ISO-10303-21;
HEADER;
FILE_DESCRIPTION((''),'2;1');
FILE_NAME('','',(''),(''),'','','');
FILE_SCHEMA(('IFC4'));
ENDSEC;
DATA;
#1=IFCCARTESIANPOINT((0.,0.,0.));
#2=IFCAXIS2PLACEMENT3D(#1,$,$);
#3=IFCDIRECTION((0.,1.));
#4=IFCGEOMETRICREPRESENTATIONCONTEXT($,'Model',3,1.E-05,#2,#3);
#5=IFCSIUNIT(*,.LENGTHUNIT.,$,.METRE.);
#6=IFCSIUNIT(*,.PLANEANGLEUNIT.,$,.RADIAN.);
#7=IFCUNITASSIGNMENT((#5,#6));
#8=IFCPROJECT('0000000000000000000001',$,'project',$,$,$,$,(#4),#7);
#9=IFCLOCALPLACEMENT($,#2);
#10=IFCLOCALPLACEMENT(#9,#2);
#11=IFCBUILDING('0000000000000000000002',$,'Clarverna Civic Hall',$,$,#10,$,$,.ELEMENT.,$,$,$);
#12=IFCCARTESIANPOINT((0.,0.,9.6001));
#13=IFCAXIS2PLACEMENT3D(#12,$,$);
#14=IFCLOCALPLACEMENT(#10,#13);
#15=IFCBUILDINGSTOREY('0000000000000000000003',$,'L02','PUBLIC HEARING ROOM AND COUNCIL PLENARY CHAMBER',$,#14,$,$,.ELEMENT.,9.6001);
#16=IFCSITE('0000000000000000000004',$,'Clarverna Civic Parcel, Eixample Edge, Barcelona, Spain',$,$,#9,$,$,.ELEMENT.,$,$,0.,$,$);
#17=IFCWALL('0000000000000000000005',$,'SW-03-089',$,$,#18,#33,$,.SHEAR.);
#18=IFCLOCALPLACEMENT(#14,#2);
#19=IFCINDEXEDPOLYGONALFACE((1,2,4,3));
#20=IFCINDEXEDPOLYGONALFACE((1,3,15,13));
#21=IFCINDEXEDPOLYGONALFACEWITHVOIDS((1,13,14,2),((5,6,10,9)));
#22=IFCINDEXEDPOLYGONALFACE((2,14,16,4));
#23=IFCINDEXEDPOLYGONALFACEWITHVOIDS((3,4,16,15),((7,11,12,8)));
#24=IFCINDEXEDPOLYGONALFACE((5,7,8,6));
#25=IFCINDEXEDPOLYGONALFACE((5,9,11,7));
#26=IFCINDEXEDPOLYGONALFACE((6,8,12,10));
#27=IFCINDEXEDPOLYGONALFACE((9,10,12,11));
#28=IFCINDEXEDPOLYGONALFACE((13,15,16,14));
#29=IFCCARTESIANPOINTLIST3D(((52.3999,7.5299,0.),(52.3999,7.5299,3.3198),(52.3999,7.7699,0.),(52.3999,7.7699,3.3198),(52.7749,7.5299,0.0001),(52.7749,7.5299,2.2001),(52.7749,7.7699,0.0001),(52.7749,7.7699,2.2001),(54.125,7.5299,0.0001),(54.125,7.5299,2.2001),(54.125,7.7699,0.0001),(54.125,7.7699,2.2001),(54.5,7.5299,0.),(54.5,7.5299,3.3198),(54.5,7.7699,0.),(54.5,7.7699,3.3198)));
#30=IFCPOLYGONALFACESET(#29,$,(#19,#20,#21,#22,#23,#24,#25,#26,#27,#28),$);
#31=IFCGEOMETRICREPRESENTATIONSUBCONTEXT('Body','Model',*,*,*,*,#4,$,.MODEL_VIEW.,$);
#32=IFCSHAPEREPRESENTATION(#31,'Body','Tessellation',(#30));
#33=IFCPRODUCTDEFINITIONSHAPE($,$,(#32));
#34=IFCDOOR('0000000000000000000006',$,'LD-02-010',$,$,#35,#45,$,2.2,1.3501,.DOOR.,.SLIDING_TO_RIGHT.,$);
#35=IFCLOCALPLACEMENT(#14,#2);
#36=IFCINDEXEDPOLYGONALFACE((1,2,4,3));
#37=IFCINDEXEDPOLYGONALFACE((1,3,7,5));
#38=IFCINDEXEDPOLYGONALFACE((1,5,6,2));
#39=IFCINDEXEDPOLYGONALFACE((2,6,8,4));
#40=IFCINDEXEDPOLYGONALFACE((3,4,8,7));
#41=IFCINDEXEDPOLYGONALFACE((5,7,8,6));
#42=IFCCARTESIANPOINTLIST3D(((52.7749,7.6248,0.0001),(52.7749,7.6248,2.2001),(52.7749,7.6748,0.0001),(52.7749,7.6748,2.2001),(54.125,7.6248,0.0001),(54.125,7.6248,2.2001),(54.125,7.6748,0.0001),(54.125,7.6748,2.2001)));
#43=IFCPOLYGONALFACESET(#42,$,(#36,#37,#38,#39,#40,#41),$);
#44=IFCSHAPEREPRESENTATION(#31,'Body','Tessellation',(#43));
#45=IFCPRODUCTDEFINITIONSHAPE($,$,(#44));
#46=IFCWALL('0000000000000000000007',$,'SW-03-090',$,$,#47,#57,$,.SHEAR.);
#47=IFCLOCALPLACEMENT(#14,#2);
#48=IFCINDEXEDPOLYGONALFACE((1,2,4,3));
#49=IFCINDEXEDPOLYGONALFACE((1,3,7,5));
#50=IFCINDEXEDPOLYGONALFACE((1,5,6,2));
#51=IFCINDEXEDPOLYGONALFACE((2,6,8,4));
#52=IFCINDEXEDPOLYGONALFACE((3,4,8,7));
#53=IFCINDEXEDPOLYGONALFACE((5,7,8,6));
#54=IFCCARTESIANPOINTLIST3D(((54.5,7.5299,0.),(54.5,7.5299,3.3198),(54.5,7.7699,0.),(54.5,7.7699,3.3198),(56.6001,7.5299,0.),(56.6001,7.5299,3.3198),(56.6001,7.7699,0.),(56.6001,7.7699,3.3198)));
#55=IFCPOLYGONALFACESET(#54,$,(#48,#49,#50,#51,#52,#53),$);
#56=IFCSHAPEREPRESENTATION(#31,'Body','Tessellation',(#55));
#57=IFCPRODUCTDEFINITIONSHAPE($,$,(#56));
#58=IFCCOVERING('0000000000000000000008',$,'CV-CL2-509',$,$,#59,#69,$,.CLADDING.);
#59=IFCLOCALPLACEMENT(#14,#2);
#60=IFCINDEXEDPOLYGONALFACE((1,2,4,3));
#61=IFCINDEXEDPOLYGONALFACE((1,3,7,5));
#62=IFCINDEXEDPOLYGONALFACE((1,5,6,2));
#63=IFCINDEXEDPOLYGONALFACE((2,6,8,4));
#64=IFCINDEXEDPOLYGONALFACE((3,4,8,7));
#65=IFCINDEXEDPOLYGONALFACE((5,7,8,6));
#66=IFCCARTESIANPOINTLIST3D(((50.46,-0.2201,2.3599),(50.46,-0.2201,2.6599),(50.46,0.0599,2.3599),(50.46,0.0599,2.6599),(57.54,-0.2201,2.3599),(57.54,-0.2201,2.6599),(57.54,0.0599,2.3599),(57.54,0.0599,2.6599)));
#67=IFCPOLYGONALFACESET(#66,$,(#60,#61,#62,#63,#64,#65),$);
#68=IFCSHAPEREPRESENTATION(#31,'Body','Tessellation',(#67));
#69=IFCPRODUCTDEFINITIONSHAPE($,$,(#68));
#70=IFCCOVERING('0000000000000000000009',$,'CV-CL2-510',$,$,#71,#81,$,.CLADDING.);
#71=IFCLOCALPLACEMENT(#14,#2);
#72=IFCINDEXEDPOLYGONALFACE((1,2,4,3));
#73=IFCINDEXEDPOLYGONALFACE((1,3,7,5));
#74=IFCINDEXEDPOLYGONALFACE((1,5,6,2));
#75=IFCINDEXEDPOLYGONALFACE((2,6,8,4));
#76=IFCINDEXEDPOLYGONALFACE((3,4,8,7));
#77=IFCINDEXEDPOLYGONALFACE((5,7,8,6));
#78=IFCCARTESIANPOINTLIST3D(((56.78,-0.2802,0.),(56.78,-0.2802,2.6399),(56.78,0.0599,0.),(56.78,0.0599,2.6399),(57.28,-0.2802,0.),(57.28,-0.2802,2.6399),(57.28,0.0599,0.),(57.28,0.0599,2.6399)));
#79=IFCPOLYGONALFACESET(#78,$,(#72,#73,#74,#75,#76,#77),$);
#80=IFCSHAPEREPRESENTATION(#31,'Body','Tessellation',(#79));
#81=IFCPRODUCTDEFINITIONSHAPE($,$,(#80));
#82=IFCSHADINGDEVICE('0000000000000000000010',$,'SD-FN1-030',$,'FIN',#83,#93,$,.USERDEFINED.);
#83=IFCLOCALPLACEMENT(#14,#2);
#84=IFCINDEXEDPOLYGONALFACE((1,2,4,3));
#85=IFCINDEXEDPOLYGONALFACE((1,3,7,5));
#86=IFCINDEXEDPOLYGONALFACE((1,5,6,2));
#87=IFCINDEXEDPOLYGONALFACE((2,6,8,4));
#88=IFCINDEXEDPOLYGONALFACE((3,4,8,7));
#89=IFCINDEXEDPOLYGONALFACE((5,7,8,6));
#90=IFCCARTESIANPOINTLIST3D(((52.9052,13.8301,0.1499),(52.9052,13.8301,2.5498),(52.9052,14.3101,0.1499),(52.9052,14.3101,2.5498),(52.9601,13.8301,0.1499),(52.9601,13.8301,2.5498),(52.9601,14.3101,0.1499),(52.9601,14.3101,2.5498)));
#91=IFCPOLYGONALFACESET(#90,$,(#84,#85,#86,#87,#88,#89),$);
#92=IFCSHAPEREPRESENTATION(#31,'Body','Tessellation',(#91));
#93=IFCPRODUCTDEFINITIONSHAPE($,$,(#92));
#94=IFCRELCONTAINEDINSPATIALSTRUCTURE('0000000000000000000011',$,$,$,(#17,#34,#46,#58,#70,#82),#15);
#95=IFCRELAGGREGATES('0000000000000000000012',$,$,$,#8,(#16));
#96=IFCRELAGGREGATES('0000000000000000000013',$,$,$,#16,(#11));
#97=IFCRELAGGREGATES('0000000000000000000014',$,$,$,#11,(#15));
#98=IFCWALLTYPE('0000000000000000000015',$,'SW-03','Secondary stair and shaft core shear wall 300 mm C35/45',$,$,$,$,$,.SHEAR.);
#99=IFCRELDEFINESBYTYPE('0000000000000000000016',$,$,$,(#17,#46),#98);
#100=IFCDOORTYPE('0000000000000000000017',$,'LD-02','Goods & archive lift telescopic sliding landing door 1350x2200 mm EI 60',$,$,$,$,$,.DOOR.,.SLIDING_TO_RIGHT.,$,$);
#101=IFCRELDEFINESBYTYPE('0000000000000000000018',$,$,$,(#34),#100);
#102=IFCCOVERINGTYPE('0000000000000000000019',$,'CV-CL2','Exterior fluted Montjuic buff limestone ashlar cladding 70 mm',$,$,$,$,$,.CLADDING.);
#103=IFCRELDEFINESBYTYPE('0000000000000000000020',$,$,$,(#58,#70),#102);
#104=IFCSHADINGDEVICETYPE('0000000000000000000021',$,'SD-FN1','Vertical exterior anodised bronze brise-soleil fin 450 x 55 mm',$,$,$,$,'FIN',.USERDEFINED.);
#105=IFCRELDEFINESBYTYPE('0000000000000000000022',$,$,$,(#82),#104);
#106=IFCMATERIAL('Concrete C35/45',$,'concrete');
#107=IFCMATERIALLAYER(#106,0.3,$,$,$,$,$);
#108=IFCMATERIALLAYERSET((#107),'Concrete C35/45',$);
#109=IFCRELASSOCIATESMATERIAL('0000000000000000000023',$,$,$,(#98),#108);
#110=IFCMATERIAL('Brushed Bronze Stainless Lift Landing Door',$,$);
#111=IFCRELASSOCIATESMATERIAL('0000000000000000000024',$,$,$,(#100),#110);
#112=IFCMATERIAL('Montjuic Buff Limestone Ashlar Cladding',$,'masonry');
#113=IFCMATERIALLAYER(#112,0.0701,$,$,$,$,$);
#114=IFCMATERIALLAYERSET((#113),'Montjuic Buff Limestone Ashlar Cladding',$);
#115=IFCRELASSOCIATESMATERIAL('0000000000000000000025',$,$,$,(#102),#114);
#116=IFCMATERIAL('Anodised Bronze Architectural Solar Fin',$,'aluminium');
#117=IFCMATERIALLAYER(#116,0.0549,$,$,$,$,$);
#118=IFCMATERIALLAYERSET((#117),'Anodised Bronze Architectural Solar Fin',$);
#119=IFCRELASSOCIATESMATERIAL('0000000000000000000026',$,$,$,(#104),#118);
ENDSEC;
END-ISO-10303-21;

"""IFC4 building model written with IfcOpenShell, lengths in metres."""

from ifc_helpers import new_model, si_unit, direction, frame, frame_2d, origin, place, context, subcontext, project, spatial, rectangle, extrude, material, layer, layer_set, type_object, element, fill, save


model = new_model("IFC4")

# Units and contexts
model_context = context("Model", 3, precision=1e-05, world=origin(), true_north=direction((0.0, 1.0)))
body_context = subcontext(model_context, "Body", "Model", "MODEL_VIEW")
ifc_project = project(units=[si_unit("LENGTHUNIT", "METRE"), si_unit("PLANEANGLEUNIT", "RADIAN")], contexts=[model_context])

# Site, building, storey
site_placement = place(None, origin())
site = spatial("IfcSite", under=ifc_project, at=site_placement, Name="Clarverna Civic Parcel, Eixample Edge, Barcelona, Spain", CompositionType="ELEMENT", RefElevation=0.0)
building_placement = place(site_placement, origin())
building = spatial("IfcBuilding", under=site, at=building_placement, Name="Clarverna Civic Hall", CompositionType="ELEMENT")
storey_placement = place(building_placement, frame((0.0, 0.0, 9.6001)))
storey = spatial("IfcBuildingStorey", under=building, at=storey_placement, Name="L02", Description="PUBLIC HEARING ROOM AND COUNCIL PLENARY CHAMBER", CompositionType="ELEMENT", Elevation=9.6001)

# Shared definitions
ifc_material_1 = material(Name="Concrete C35/45", Category="concrete")

# Shared definitions
ifc_layer_1 = layer(ifc_material_1, 0.3)
ifc_layer_set_1 = layer_set([ifc_layer_1], Name="Concrete C35/45")
wall_type_1 = type_object("IfcWallType", Name="SW-03", Description="Secondary stair and shaft core shear wall 300 mm C35/45", PredefinedType="SHEAR", material=ifc_layer_set_1)

# Wall, opening, door
wall_1_placement = place(storey_placement, frame((52.3999, 7.6499, 0.0), z_axis=(0.0, 0.0, 1.0), x_axis=(1.0, 0.0, 0.0)))
wall_1 = element("IfcWall", 1, at=wall_1_placement, inside=storey, type_object=wall_type_1, Name="SW-03-089", PredefinedType="SHEAR", context=body_context, shape_type="SweptSolid", body=[
    extrude(rectangle(XDim=2.1001, YDim=0.24, at=frame_2d((1.05, 0.0))), origin(), (0.0, 0.0, 1.0), 3.3198),
])
opening_1_placement = place(wall_1_placement, frame((0.375, 0.0, 0.0)))
opening_1 = element("IfcOpeningElement", 2, at=opening_1_placement, cuts=wall_1, PredefinedType="OPENING", context=body_context, shape_type="SweptSolid", body=[
    extrude(rectangle(XDim=1.3501, YDim=2.2, at=frame_2d((0.675, 1.1001))), frame((0.0, 0.1299, 0.0), z_axis=(0.0, -1.0, 0.0), x_axis=(1.0, 0.0, 0.0)), (0.0, 0.0, 1.0), 0.26),
])
ifc_material_2 = material(Name="Brushed Bronze Stainless Lift Landing Door")
door_type_1 = type_object("IfcDoorType", Name="LD-02", Description="Goods & archive lift telescopic sliding landing door 1350x2200 mm EI 60", OperationType="SLIDING_TO_RIGHT", PredefinedType="DOOR", material=ifc_material_2)
door_1_placement = place(opening_1_placement, origin())
door_1 = element("IfcDoor", 3, at=door_1_placement, inside=storey, type_object=door_type_1, Name="LD-02-010", OperationType="SLIDING_TO_RIGHT", OverallHeight=2.2, OverallWidth=1.3501, PredefinedType="DOOR", context=body_context, shape_type="SweptSolid", body=[
    extrude(rectangle(XDim=1.3501, YDim=2.2, at=frame_2d((0.675, 1.1001))), frame((0.0, 0.0249, 0.0), z_axis=(0.0, -1.0, 0.0), x_axis=(1.0, 0.0, 0.0)), (0.0, 0.0, 1.0), 0.05),
])
fill(opening_1, door_1)

# Wall
wall_2_placement = place(storey_placement, frame((54.5, 7.6499, 0.0), z_axis=(0.0, 0.0, 1.0), x_axis=(1.0, 0.0, 0.0)))
element("IfcWall", 4, at=wall_2_placement, inside=storey, type_object=wall_type_1, Name="SW-03-090", PredefinedType="SHEAR", context=body_context, shape_type="SweptSolid", body=[
    extrude(rectangle(XDim=2.1001, YDim=0.24, at=frame_2d((1.05, 0.0))), origin(), (0.0, 0.0, 1.0), 3.3198),
])

# Coverings
ifc_material_3 = material(Name="Montjuic Buff Limestone Ashlar Cladding", Category="masonry")
ifc_layer_2 = layer(ifc_material_3, 0.0701)
ifc_layer_set_2 = layer_set([ifc_layer_2], Name="Montjuic Buff Limestone Ashlar Cladding")
covering_type = type_object("IfcCoveringType", Name="CV-CL2", Description="Exterior fluted Montjuic buff limestone ashlar cladding 70 mm", PredefinedType="CLADDING", material=ifc_layer_set_2)
covering_1_placement = place(storey_placement, frame((57.54, -0.0801, 2.3599), z_axis=(0.0, 0.0, 1.0), x_axis=(-1.0, 0.0, 0.0)))
element("IfcCovering", 5, at=covering_1_placement, inside=storey, type_object=covering_type, Name="CV-CL2-509", PredefinedType="CLADDING", context=body_context, shape_type="SweptSolid", body=[
    extrude(rectangle(XDim=7.0801, YDim=0.28, at=frame_2d((3.54, 0.0))), origin(), (0.0, 0.0, 1.0), 0.3),
])
covering_2_placement = place(storey_placement, frame((57.28, -0.1101, 0.0), z_axis=(0.0, 0.0, 1.0), x_axis=(-1.0, 0.0, 0.0)))
element("IfcCovering", 6, at=covering_2_placement, inside=storey, type_object=covering_type, Name="CV-CL2-510", PredefinedType="CLADDING", context=body_context, shape_type="SweptSolid", body=[
    extrude(rectangle(XDim=0.5, YDim=0.3401, at=frame_2d((0.25, 0.0))), origin(), (0.0, 0.0, 1.0), 2.6399),
])

# Shading device
ifc_material_4 = material(Name="Anodised Bronze Architectural Solar Fin", Category="aluminium")
ifc_layer_3 = layer(ifc_material_4, 0.0549)
ifc_layer_set_3 = layer_set([ifc_layer_3], Name="Anodised Bronze Architectural Solar Fin")
shading_device_type = type_object("IfcShadingDeviceType", Name="SD-FN1", Description="Vertical exterior anodised bronze brise-soleil fin 450 x 55 mm", ElementType="FIN", PredefinedType="USERDEFINED", material=ifc_layer_set_3)
shading_device_placement = place(storey_placement, frame((52.9326, 13.8301, 0.1499), z_axis=(0.0, 0.0, 1.0), x_axis=(0.0, 1.0, 0.0)))
element("IfcShadingDevice", 7, at=shading_device_placement, inside=storey, type_object=shading_device_type, Name="SD-FN1-030", ObjectType="FIN", PredefinedType="USERDEFINED", context=body_context, shape_type="SweptSolid", body=[
    extrude(rectangle(XDim=0.48, YDim=0.0549, at=frame_2d((0.24, 0.0))), origin(), (0.0, 0.0, 1.0), 2.3999),
])

save(model, "model.ifc")
